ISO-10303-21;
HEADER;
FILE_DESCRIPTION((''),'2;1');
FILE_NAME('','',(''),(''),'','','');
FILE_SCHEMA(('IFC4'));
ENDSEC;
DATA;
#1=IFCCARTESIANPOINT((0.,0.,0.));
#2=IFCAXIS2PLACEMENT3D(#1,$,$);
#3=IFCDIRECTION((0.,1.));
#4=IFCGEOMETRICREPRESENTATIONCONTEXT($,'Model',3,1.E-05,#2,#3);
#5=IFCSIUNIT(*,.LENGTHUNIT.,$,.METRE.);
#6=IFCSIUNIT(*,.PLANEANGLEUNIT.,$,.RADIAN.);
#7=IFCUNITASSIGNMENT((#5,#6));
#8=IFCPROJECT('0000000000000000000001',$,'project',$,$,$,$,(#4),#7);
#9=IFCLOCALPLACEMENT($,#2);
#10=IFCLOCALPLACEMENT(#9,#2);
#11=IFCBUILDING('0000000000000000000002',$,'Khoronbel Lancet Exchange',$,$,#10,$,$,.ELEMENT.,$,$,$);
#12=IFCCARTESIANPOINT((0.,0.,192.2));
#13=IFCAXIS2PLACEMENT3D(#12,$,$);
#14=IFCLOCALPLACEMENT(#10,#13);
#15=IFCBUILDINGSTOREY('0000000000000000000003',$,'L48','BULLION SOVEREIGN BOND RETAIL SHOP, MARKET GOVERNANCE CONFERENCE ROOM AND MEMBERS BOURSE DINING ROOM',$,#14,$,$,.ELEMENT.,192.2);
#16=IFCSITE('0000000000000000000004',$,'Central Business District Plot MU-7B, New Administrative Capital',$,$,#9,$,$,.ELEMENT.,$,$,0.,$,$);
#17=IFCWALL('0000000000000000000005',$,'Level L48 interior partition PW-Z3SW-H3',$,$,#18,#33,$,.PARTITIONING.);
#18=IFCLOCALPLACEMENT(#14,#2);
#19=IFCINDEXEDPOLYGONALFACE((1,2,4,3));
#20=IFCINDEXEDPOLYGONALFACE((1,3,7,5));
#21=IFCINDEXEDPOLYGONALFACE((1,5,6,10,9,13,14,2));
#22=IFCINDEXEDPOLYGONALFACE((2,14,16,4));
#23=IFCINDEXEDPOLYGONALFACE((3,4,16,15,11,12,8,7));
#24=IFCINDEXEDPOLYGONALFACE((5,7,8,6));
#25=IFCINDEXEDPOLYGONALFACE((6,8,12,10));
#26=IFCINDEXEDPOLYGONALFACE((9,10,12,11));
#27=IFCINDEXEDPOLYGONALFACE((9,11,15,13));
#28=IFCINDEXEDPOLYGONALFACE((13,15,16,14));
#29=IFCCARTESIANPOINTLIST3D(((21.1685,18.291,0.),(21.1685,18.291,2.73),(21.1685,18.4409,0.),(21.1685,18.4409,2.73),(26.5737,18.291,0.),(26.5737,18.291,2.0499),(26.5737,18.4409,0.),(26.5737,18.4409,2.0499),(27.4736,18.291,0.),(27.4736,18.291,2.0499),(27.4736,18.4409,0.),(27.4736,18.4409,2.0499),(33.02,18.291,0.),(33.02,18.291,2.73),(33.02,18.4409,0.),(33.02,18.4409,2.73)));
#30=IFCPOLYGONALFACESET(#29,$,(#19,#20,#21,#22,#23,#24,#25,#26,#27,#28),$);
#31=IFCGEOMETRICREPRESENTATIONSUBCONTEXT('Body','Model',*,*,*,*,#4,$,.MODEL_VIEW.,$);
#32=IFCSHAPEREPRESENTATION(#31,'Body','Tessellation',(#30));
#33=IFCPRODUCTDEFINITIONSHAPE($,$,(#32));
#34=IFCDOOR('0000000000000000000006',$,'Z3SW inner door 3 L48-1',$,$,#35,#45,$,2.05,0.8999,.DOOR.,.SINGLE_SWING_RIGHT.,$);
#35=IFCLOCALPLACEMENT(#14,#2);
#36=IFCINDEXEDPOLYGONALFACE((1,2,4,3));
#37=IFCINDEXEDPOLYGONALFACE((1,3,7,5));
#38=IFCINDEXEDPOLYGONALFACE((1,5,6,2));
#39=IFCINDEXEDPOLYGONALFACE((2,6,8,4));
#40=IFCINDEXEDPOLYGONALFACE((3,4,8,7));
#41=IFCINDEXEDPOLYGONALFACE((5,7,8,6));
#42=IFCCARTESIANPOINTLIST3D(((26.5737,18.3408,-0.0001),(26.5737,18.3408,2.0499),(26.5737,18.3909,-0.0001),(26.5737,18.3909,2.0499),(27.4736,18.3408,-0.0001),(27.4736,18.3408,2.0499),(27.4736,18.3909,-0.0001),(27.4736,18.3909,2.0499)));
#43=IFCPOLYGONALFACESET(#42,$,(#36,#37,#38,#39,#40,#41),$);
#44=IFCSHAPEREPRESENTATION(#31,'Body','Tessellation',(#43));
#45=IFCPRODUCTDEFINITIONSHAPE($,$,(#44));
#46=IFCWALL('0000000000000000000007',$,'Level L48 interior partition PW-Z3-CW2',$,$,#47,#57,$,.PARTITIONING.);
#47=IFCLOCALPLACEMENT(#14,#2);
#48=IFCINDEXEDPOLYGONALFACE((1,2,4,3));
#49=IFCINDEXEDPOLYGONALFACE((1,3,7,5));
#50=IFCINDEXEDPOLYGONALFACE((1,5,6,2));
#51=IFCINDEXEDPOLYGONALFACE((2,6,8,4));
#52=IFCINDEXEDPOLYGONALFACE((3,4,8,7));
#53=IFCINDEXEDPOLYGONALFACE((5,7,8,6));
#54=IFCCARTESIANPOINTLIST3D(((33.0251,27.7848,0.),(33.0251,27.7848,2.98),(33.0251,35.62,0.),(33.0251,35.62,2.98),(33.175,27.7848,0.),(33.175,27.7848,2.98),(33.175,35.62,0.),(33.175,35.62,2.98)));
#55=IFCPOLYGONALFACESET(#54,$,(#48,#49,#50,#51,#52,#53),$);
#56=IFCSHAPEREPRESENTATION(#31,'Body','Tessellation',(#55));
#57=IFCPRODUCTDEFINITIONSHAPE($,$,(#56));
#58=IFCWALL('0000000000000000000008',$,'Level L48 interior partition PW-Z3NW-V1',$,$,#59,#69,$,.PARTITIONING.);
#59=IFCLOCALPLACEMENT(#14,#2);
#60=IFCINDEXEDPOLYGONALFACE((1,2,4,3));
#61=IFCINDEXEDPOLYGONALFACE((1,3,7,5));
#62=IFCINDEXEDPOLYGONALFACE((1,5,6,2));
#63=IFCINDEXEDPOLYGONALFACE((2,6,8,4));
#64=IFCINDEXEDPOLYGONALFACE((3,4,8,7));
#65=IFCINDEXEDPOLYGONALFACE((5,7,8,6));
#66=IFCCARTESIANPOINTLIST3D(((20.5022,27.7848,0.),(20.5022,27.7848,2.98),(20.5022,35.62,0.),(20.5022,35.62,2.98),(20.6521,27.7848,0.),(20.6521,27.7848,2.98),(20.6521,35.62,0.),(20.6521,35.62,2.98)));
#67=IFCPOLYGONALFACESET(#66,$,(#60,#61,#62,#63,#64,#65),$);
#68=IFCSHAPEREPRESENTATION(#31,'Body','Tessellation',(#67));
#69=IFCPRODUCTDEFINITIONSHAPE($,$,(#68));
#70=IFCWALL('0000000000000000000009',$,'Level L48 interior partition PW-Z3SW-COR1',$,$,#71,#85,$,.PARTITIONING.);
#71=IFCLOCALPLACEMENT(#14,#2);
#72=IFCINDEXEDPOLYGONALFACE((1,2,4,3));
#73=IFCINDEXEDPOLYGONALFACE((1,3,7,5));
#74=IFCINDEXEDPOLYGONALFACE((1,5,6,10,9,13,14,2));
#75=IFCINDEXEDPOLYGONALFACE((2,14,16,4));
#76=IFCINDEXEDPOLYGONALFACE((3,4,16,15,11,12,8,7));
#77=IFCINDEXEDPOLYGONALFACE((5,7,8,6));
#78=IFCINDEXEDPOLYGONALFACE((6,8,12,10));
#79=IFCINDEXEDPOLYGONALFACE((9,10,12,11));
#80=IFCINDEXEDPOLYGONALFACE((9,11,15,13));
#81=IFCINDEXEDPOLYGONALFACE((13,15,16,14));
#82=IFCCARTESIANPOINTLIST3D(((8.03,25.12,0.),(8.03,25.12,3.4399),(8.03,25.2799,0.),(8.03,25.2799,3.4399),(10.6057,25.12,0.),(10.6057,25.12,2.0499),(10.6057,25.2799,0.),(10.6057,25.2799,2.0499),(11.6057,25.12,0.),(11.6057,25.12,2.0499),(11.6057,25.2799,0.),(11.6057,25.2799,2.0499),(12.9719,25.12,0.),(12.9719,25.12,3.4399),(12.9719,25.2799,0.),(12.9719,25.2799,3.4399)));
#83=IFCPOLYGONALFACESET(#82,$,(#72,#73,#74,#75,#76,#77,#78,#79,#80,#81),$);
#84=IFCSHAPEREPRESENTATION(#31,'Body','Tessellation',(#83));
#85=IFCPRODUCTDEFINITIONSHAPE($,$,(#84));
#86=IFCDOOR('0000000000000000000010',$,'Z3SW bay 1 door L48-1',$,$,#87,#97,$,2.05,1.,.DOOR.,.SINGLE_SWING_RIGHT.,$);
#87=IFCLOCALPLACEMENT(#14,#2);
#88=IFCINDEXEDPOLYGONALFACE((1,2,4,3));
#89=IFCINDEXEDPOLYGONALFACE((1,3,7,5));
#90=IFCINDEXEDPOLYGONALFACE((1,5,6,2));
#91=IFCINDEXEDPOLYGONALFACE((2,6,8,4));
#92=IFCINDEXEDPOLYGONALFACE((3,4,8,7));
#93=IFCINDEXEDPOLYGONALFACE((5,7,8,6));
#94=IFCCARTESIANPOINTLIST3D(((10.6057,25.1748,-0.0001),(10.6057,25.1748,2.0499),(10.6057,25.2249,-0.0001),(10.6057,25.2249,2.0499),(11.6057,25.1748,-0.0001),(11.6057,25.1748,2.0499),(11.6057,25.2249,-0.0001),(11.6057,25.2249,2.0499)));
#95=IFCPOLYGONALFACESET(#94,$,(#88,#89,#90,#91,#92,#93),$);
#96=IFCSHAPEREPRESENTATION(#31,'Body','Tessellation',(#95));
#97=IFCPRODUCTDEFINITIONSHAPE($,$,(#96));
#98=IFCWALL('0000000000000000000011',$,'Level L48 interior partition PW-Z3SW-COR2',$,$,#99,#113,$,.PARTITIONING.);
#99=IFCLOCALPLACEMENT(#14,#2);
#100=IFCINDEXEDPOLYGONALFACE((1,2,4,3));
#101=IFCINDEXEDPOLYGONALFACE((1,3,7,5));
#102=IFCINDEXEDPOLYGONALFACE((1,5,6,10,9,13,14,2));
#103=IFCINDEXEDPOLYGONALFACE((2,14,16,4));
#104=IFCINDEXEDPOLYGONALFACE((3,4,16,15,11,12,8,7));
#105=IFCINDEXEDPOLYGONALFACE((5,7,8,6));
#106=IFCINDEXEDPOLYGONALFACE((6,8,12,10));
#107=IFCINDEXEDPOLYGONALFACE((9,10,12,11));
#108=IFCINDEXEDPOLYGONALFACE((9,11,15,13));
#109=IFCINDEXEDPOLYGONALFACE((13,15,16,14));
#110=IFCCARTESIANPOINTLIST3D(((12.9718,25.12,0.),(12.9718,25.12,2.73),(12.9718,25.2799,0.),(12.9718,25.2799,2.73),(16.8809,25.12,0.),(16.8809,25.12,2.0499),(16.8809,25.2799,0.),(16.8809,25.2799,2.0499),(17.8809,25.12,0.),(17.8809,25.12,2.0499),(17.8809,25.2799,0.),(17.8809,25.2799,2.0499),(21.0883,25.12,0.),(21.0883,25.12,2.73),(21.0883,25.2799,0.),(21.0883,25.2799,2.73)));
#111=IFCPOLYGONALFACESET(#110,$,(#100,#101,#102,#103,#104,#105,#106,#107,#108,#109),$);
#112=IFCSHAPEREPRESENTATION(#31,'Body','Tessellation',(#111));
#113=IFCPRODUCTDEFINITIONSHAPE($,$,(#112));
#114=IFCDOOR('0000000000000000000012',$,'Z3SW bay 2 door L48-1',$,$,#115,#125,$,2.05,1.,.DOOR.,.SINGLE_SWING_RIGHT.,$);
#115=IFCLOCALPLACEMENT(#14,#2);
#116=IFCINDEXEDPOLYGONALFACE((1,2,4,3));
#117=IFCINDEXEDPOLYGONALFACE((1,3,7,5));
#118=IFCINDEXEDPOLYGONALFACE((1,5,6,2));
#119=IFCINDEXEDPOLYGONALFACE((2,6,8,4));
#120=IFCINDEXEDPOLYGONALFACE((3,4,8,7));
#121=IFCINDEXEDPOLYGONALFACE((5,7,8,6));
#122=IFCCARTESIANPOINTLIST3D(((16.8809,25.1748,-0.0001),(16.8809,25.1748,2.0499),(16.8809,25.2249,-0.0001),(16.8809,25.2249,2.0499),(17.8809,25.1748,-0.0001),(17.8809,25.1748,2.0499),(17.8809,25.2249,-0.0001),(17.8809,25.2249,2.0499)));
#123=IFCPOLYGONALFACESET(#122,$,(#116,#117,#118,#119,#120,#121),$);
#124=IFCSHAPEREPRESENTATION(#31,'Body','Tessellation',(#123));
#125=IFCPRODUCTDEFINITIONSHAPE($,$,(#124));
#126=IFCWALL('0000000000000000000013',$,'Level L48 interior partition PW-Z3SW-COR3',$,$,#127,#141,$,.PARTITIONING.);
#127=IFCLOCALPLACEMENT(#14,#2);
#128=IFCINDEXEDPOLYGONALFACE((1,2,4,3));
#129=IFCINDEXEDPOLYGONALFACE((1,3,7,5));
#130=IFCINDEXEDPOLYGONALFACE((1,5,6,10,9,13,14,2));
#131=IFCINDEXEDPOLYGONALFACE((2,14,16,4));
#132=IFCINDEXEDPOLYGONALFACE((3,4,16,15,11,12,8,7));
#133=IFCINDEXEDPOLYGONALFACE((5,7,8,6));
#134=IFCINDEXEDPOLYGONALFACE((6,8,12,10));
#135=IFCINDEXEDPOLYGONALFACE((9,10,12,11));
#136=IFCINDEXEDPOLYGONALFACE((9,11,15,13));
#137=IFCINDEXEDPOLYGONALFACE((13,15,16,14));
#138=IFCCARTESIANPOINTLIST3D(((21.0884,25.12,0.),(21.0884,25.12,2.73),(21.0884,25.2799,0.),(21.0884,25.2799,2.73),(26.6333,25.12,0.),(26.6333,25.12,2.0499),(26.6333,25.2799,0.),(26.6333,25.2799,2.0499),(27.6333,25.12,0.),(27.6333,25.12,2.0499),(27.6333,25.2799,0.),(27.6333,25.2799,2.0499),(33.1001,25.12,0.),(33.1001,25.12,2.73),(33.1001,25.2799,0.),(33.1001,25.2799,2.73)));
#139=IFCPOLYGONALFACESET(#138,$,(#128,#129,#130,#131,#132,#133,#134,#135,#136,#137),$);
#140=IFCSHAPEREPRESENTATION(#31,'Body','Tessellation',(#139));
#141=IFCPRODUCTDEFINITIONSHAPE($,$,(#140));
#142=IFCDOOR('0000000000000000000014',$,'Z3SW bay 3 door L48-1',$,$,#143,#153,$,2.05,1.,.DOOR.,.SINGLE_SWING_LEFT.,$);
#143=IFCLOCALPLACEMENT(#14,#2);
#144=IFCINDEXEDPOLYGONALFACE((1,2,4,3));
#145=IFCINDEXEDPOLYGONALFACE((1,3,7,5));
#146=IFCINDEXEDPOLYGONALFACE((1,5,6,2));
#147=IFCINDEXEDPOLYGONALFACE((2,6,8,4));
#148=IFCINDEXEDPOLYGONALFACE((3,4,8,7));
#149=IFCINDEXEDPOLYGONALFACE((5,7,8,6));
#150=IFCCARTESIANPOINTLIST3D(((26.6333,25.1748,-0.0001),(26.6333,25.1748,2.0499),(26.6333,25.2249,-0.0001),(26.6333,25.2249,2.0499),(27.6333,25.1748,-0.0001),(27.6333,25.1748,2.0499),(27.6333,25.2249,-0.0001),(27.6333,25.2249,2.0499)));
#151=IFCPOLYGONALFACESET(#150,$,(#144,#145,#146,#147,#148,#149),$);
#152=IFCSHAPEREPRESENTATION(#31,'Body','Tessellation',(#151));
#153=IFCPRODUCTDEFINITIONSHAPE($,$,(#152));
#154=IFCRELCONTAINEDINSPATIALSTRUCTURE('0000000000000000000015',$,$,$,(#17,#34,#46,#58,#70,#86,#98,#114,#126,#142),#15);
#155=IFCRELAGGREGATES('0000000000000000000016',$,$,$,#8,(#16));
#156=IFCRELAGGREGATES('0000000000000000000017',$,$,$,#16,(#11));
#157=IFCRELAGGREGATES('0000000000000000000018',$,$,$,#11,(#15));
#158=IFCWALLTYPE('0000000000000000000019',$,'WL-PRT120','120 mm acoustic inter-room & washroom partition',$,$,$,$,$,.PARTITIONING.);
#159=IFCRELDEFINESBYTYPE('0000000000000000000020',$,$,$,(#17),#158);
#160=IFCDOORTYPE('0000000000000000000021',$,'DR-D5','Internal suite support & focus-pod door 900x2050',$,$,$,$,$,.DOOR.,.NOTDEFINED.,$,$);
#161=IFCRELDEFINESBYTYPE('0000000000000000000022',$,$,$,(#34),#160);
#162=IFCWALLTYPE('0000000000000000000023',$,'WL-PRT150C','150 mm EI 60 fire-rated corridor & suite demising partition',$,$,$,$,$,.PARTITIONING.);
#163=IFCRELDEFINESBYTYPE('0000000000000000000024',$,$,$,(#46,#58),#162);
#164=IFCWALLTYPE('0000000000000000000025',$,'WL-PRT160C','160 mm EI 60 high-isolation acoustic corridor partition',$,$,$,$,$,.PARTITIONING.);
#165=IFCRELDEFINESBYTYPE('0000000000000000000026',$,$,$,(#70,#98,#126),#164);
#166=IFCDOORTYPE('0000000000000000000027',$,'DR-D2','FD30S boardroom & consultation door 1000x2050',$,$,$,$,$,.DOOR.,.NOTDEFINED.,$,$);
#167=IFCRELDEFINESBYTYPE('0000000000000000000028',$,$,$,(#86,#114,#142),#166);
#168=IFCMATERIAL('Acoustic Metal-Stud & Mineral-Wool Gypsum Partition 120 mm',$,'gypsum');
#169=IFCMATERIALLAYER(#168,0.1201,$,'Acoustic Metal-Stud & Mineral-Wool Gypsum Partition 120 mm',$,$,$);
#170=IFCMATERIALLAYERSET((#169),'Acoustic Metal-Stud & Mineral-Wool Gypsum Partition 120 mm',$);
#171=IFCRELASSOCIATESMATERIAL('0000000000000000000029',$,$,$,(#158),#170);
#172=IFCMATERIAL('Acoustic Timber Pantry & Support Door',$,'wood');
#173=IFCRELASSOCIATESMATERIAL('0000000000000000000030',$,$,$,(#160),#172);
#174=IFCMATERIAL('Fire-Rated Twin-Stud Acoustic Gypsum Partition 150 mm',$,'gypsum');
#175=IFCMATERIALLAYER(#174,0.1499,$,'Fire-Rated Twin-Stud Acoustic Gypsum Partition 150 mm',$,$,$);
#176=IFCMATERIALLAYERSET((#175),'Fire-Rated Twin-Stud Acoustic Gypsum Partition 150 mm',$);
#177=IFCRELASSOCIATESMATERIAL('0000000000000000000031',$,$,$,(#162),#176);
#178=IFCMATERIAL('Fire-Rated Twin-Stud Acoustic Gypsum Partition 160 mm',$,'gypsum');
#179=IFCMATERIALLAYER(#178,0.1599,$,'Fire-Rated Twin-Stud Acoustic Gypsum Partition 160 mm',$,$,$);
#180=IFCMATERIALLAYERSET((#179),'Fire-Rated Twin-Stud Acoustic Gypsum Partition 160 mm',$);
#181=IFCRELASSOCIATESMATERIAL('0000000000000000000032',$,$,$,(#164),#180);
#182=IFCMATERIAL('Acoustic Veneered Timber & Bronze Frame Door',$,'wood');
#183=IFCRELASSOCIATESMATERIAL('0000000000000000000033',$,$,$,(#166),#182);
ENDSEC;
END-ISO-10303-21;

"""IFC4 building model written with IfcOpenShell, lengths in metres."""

from ifc_helpers import new_model, si_unit, direction, frame, frame_2d, origin, place, context, subcontext, project, spatial, rectangle, extrude, material, layer, layer_set, type_object, element, fill, save


model = new_model("IFC4")

# Units and contexts
model_context = context("Model", 3, precision=1e-05, world=origin(), true_north=direction((0.0, 1.0)))
body_context = subcontext(model_context, "Body", "Model", "MODEL_VIEW")
ifc_project = project(units=[si_unit("LENGTHUNIT", "METRE"), si_unit("PLANEANGLEUNIT", "RADIAN")], contexts=[model_context])

# Site, building, storey
site_placement = place(None, origin())
site = spatial("IfcSite", under=ifc_project, at=site_placement, Name="Central Business District Plot MU-7B, New Administrative Capital", CompositionType="ELEMENT", RefElevation=0.0)
building_placement = place(site_placement, origin())
building = spatial("IfcBuilding", under=site, at=building_placement, Name="Khoronbel Lancet Exchange", CompositionType="ELEMENT")
storey_placement = place(building_placement, frame((0.0, 0.0, 192.2)))
storey = spatial("IfcBuildingStorey", under=building, at=storey_placement, Name="L48", Description="BULLION SOVEREIGN BOND RETAIL SHOP, MARKET GOVERNANCE CONFERENCE ROOM AND MEMBERS BOURSE DINING ROOM", CompositionType="ELEMENT", Elevation=192.2)

# Wall, opening, door
ifc_material_1 = material(Name="Acoustic Metal-Stud & Mineral-Wool Gypsum Partition 120 mm", Category="gypsum")
ifc_layer_1 = layer(ifc_material_1, 0.1201, Name="Acoustic Metal-Stud & Mineral-Wool Gypsum Partition 120 mm")
ifc_layer_set_1 = layer_set([ifc_layer_1], Name="Acoustic Metal-Stud & Mineral-Wool Gypsum Partition 120 mm")
wall_type_1 = type_object("IfcWallType", Name="WL-PRT120", Description="120 mm acoustic inter-room & washroom partition", PredefinedType="PARTITIONING", material=ifc_layer_set_1)
ifc_material_2 = material(Name="Acoustic Timber Pantry & Support Door", Category="wood")
door_type_1 = type_object("IfcDoorType", Name="DR-D5", Description="Internal suite support & focus-pod door 900x2050", OperationType="NOTDEFINED", PredefinedType="DOOR", material=ifc_material_2)
wall_1_placement = place(storey_placement, frame((21.1685, 18.366, 0.0), z_axis=(0.0, 0.0, 1.0), x_axis=(1.0, 0.0, 0.0)))
wall_1 = element("IfcWall", 1, at=wall_1_placement, inside=storey, type_object=wall_type_1, Name="Level L48 interior partition PW-Z3SW-H3", PredefinedType="PARTITIONING", context=body_context, shape_type="SweptSolid", body=[
    extrude(rectangle(XDim=11.8516, YDim=0.1499, at=frame_2d((5.9258, 0.0))), origin(), (0.0, 0.0, 1.0), 2.73),
])
opening_1_placement = place(wall_1_placement, frame((5.4053, 0.0, 0.0)))
opening_1 = element("IfcOpeningElement", 2, at=opening_1_placement, cuts=wall_1, PredefinedType="OPENING", context=body_context, shape_type="SweptSolid", body=[
    extrude(rectangle(XDim=0.8999, YDim=2.05, at=frame_2d((0.45, 1.0249))), frame((0.0, 0.085, 0.0), z_axis=(0.0, -1.0, 0.0), x_axis=(1.0, 0.0, 0.0)), (0.0, 0.0, 1.0), 0.1699),
])
door_1_placement = place(opening_1_placement, origin())
door_1 = element("IfcDoor", 3, at=door_1_placement, inside=storey, type_object=door_type_1, Name="Z3SW inner door 3 L48-1", OperationType="SINGLE_SWING_RIGHT", OverallHeight=2.05, OverallWidth=0.8999, PredefinedType="DOOR", context=body_context, shape_type="SweptSolid", body=[
    extrude(rectangle(XDim=0.8999, YDim=2.05, at=frame_2d((0.45, 1.0249))), frame((0.0, 0.0249, 0.0), z_axis=(0.0, -1.0, 0.0), x_axis=(1.0, 0.0, 0.0)), (0.0, 0.0, 1.0), 0.05),
])
fill(opening_1, door_1)

# Walls
ifc_material_3 = material(Name="Fire-Rated Twin-Stud Acoustic Gypsum Partition 150 mm", Category="gypsum")
ifc_layer_2 = layer(ifc_material_3, 0.1499, Name="Fire-Rated Twin-Stud Acoustic Gypsum Partition 150 mm")
ifc_layer_set_2 = layer_set([ifc_layer_2], Name="Fire-Rated Twin-Stud Acoustic Gypsum Partition 150 mm")
wall_type_2 = type_object("IfcWallType", Name="WL-PRT150C", Description="150 mm EI 60 fire-rated corridor & suite demising partition", PredefinedType="PARTITIONING", material=ifc_layer_set_2)
for number, where, z_axis, x_axis, name in (
    (4, (33.1001, 27.7849, 0.0), (0.0, 0.0, 1.0), (0.0, 1.0, 0.0), "Level L48 interior partition PW-Z3-CW2"),
    (5, (20.5771, 27.7849, 0.0), (0.0, 0.0, 1.0), (0.0, 1.0, 0.0), "Level L48 interior partition PW-Z3NW-V1"),
):
    element("IfcWall", number, at=place(storey_placement, frame(where, z_axis=z_axis, x_axis=x_axis)), inside=storey, type_object=wall_type_2, Name=name, PredefinedType="PARTITIONING", context=body_context, shape_type="SweptSolid", body=[
        extrude(rectangle(XDim=7.8352, YDim=0.1499, at=frame_2d((3.9175, 0.0))), origin(), (0.0, 0.0, 1.0), 2.98),
    ])

# Walls, openings, doors
ifc_material_4 = material(Name="Fire-Rated Twin-Stud Acoustic Gypsum Partition 160 mm", Category="gypsum")
ifc_layer_3 = layer(ifc_material_4, 0.1599, Name="Fire-Rated Twin-Stud Acoustic Gypsum Partition 160 mm")
ifc_layer_set_3 = layer_set([ifc_layer_3], Name="Fire-Rated Twin-Stud Acoustic Gypsum Partition 160 mm")
wall_type_3 = type_object("IfcWallType", Name="WL-PRT160C", Description="160 mm EI 60 high-isolation acoustic corridor partition", PredefinedType="PARTITIONING", material=ifc_layer_set_3)
wall_2_placement = place(storey_placement, frame((8.03, 25.2, 0.0), z_axis=(0.0, 0.0, 1.0), x_axis=(1.0, 0.0, 0.0)))
wall_2 = element("IfcWall", 6, at=wall_2_placement, inside=storey, type_object=wall_type_3, Name="Level L48 interior partition PW-Z3SW-COR1", PredefinedType="PARTITIONING", context=body_context, shape_type="SweptSolid", body=[
    extrude(rectangle(XDim=4.9419, YDim=0.1599, at=frame_2d((2.4709, 0.0))), origin(), (0.0, 0.0, 1.0), 3.4399),
])
opening_2_placement = place(wall_2_placement, frame((2.5757, 0.0, 0.0)))
opening_2 = element("IfcOpeningElement", 7, at=opening_2_placement, cuts=wall_2, PredefinedType="OPENING", context=body_context, shape_type="SweptSolid", body=[
    extrude(rectangle(XDim=1.0, YDim=2.05, at=frame_2d((0.5, 1.0249))), frame((0.0, 0.0898, 0.0), z_axis=(0.0, -1.0, 0.0), x_axis=(1.0, 0.0, 0.0)), (0.0, 0.0, 1.0), 0.1799),
])
ifc_material_5 = material(Name="Acoustic Veneered Timber & Bronze Frame Door", Category="wood")
door_type_2 = type_object("IfcDoorType", Name="DR-D2", Description="FD30S boardroom & consultation door 1000x2050", OperationType="NOTDEFINED", PredefinedType="DOOR", material=ifc_material_5)
door_2_placement = place(opening_2_placement, origin())
door_2 = element("IfcDoor", 8, at=door_2_placement, inside=storey, type_object=door_type_2, Name="Z3SW bay 1 door L48-1", OperationType="SINGLE_SWING_RIGHT", OverallHeight=2.05, OverallWidth=1.0, PredefinedType="DOOR", context=body_context, shape_type="SweptSolid", body=[
    extrude(rectangle(XDim=1.0, YDim=2.05, at=frame_2d((0.5, 1.0249))), frame((0.0, 0.0249, 0.0), z_axis=(0.0, -1.0, 0.0), x_axis=(1.0, 0.0, 0.0)), (0.0, 0.0, 1.0), 0.05),
])
fill(opening_2, door_2)
wall_3_placement = place(storey_placement, frame((12.9719, 25.2, 0.0), z_axis=(0.0, 0.0, 1.0), x_axis=(1.0, 0.0, 0.0)))
wall_3 = element("IfcWall", 9, at=wall_3_placement, inside=storey, type_object=wall_type_3, Name="Level L48 interior partition PW-Z3SW-COR2", PredefinedType="PARTITIONING", context=body_context, shape_type="SweptSolid", body=[
    extrude(rectangle(XDim=8.1165, YDim=0.1599, at=frame_2d((4.0581, 0.0))), origin(), (0.0, 0.0, 1.0), 2.73),
])
opening_3_placement = place(wall_3_placement, frame((3.9089, 0.0, 0.0)))
opening_3 = element("IfcOpeningElement", 10, at=opening_3_placement, cuts=wall_3, PredefinedType="OPENING", context=body_context, shape_type="SweptSolid", body=[
    extrude(rectangle(XDim=1.0, YDim=2.05, at=frame_2d((0.5, 1.0249))), frame((0.0, 0.0898, 0.0), z_axis=(0.0, -1.0, 0.0), x_axis=(1.0, 0.0, 0.0)), (0.0, 0.0, 1.0), 0.1799),
])
door_3_placement = place(opening_3_placement, origin())
door_3 = element("IfcDoor", 11, at=door_3_placement, inside=storey, type_object=door_type_2, Name="Z3SW bay 2 door L48-1", OperationType="SINGLE_SWING_RIGHT", OverallHeight=2.05, OverallWidth=1.0, PredefinedType="DOOR", context=body_context, shape_type="SweptSolid", body=[
    extrude(rectangle(XDim=1.0, YDim=2.05, at=frame_2d((0.5, 1.0249))), frame((0.0, 0.0249, 0.0), z_axis=(0.0, -1.0, 0.0), x_axis=(1.0, 0.0, 0.0)), (0.0, 0.0, 1.0), 0.05),
])
fill(opening_3, door_3)
wall_4_placement = place(storey_placement, frame((21.0884, 25.2, 0.0), z_axis=(0.0, 0.0, 1.0), x_axis=(1.0, 0.0, 0.0)))
wall_4 = element("IfcWall", 12, at=wall_4_placement, inside=storey, type_object=wall_type_3, Name="Level L48 interior partition PW-Z3SW-COR3", PredefinedType="PARTITIONING", context=body_context, shape_type="SweptSolid", body=[
    extrude(rectangle(XDim=12.0117, YDim=0.1599, at=frame_2d((6.0059, 0.0))), origin(), (0.0, 0.0, 1.0), 2.73),
])
opening_4_placement = place(wall_4_placement, frame((5.5449, 0.0, 0.0)))
opening_4 = element("IfcOpeningElement", 13, at=opening_4_placement, cuts=wall_4, PredefinedType="OPENING", context=body_context, shape_type="SweptSolid", body=[
    extrude(rectangle(XDim=1.0, YDim=2.05, at=frame_2d((0.5, 1.0249))), frame((0.0, 0.0898, 0.0), z_axis=(0.0, -1.0, 0.0), x_axis=(1.0, 0.0, 0.0)), (0.0, 0.0, 1.0), 0.1799),
])
door_4_placement = place(opening_4_placement, origin())
door_4 = element("IfcDoor", 14, at=door_4_placement, inside=storey, type_object=door_type_2, Name="Z3SW bay 3 door L48-1", OperationType="SINGLE_SWING_LEFT", OverallHeight=2.05, OverallWidth=1.0, PredefinedType="DOOR", context=body_context, shape_type="SweptSolid", body=[
    extrude(rectangle(XDim=1.0, YDim=2.05, at=frame_2d((0.5, 1.0249))), frame((0.0, 0.0249, 0.0), z_axis=(0.0, -1.0, 0.0), x_axis=(1.0, 0.0, 0.0)), (0.0, 0.0, 1.0), 0.05),
])
fill(opening_4, door_4)

save(model, "model.ifc")
